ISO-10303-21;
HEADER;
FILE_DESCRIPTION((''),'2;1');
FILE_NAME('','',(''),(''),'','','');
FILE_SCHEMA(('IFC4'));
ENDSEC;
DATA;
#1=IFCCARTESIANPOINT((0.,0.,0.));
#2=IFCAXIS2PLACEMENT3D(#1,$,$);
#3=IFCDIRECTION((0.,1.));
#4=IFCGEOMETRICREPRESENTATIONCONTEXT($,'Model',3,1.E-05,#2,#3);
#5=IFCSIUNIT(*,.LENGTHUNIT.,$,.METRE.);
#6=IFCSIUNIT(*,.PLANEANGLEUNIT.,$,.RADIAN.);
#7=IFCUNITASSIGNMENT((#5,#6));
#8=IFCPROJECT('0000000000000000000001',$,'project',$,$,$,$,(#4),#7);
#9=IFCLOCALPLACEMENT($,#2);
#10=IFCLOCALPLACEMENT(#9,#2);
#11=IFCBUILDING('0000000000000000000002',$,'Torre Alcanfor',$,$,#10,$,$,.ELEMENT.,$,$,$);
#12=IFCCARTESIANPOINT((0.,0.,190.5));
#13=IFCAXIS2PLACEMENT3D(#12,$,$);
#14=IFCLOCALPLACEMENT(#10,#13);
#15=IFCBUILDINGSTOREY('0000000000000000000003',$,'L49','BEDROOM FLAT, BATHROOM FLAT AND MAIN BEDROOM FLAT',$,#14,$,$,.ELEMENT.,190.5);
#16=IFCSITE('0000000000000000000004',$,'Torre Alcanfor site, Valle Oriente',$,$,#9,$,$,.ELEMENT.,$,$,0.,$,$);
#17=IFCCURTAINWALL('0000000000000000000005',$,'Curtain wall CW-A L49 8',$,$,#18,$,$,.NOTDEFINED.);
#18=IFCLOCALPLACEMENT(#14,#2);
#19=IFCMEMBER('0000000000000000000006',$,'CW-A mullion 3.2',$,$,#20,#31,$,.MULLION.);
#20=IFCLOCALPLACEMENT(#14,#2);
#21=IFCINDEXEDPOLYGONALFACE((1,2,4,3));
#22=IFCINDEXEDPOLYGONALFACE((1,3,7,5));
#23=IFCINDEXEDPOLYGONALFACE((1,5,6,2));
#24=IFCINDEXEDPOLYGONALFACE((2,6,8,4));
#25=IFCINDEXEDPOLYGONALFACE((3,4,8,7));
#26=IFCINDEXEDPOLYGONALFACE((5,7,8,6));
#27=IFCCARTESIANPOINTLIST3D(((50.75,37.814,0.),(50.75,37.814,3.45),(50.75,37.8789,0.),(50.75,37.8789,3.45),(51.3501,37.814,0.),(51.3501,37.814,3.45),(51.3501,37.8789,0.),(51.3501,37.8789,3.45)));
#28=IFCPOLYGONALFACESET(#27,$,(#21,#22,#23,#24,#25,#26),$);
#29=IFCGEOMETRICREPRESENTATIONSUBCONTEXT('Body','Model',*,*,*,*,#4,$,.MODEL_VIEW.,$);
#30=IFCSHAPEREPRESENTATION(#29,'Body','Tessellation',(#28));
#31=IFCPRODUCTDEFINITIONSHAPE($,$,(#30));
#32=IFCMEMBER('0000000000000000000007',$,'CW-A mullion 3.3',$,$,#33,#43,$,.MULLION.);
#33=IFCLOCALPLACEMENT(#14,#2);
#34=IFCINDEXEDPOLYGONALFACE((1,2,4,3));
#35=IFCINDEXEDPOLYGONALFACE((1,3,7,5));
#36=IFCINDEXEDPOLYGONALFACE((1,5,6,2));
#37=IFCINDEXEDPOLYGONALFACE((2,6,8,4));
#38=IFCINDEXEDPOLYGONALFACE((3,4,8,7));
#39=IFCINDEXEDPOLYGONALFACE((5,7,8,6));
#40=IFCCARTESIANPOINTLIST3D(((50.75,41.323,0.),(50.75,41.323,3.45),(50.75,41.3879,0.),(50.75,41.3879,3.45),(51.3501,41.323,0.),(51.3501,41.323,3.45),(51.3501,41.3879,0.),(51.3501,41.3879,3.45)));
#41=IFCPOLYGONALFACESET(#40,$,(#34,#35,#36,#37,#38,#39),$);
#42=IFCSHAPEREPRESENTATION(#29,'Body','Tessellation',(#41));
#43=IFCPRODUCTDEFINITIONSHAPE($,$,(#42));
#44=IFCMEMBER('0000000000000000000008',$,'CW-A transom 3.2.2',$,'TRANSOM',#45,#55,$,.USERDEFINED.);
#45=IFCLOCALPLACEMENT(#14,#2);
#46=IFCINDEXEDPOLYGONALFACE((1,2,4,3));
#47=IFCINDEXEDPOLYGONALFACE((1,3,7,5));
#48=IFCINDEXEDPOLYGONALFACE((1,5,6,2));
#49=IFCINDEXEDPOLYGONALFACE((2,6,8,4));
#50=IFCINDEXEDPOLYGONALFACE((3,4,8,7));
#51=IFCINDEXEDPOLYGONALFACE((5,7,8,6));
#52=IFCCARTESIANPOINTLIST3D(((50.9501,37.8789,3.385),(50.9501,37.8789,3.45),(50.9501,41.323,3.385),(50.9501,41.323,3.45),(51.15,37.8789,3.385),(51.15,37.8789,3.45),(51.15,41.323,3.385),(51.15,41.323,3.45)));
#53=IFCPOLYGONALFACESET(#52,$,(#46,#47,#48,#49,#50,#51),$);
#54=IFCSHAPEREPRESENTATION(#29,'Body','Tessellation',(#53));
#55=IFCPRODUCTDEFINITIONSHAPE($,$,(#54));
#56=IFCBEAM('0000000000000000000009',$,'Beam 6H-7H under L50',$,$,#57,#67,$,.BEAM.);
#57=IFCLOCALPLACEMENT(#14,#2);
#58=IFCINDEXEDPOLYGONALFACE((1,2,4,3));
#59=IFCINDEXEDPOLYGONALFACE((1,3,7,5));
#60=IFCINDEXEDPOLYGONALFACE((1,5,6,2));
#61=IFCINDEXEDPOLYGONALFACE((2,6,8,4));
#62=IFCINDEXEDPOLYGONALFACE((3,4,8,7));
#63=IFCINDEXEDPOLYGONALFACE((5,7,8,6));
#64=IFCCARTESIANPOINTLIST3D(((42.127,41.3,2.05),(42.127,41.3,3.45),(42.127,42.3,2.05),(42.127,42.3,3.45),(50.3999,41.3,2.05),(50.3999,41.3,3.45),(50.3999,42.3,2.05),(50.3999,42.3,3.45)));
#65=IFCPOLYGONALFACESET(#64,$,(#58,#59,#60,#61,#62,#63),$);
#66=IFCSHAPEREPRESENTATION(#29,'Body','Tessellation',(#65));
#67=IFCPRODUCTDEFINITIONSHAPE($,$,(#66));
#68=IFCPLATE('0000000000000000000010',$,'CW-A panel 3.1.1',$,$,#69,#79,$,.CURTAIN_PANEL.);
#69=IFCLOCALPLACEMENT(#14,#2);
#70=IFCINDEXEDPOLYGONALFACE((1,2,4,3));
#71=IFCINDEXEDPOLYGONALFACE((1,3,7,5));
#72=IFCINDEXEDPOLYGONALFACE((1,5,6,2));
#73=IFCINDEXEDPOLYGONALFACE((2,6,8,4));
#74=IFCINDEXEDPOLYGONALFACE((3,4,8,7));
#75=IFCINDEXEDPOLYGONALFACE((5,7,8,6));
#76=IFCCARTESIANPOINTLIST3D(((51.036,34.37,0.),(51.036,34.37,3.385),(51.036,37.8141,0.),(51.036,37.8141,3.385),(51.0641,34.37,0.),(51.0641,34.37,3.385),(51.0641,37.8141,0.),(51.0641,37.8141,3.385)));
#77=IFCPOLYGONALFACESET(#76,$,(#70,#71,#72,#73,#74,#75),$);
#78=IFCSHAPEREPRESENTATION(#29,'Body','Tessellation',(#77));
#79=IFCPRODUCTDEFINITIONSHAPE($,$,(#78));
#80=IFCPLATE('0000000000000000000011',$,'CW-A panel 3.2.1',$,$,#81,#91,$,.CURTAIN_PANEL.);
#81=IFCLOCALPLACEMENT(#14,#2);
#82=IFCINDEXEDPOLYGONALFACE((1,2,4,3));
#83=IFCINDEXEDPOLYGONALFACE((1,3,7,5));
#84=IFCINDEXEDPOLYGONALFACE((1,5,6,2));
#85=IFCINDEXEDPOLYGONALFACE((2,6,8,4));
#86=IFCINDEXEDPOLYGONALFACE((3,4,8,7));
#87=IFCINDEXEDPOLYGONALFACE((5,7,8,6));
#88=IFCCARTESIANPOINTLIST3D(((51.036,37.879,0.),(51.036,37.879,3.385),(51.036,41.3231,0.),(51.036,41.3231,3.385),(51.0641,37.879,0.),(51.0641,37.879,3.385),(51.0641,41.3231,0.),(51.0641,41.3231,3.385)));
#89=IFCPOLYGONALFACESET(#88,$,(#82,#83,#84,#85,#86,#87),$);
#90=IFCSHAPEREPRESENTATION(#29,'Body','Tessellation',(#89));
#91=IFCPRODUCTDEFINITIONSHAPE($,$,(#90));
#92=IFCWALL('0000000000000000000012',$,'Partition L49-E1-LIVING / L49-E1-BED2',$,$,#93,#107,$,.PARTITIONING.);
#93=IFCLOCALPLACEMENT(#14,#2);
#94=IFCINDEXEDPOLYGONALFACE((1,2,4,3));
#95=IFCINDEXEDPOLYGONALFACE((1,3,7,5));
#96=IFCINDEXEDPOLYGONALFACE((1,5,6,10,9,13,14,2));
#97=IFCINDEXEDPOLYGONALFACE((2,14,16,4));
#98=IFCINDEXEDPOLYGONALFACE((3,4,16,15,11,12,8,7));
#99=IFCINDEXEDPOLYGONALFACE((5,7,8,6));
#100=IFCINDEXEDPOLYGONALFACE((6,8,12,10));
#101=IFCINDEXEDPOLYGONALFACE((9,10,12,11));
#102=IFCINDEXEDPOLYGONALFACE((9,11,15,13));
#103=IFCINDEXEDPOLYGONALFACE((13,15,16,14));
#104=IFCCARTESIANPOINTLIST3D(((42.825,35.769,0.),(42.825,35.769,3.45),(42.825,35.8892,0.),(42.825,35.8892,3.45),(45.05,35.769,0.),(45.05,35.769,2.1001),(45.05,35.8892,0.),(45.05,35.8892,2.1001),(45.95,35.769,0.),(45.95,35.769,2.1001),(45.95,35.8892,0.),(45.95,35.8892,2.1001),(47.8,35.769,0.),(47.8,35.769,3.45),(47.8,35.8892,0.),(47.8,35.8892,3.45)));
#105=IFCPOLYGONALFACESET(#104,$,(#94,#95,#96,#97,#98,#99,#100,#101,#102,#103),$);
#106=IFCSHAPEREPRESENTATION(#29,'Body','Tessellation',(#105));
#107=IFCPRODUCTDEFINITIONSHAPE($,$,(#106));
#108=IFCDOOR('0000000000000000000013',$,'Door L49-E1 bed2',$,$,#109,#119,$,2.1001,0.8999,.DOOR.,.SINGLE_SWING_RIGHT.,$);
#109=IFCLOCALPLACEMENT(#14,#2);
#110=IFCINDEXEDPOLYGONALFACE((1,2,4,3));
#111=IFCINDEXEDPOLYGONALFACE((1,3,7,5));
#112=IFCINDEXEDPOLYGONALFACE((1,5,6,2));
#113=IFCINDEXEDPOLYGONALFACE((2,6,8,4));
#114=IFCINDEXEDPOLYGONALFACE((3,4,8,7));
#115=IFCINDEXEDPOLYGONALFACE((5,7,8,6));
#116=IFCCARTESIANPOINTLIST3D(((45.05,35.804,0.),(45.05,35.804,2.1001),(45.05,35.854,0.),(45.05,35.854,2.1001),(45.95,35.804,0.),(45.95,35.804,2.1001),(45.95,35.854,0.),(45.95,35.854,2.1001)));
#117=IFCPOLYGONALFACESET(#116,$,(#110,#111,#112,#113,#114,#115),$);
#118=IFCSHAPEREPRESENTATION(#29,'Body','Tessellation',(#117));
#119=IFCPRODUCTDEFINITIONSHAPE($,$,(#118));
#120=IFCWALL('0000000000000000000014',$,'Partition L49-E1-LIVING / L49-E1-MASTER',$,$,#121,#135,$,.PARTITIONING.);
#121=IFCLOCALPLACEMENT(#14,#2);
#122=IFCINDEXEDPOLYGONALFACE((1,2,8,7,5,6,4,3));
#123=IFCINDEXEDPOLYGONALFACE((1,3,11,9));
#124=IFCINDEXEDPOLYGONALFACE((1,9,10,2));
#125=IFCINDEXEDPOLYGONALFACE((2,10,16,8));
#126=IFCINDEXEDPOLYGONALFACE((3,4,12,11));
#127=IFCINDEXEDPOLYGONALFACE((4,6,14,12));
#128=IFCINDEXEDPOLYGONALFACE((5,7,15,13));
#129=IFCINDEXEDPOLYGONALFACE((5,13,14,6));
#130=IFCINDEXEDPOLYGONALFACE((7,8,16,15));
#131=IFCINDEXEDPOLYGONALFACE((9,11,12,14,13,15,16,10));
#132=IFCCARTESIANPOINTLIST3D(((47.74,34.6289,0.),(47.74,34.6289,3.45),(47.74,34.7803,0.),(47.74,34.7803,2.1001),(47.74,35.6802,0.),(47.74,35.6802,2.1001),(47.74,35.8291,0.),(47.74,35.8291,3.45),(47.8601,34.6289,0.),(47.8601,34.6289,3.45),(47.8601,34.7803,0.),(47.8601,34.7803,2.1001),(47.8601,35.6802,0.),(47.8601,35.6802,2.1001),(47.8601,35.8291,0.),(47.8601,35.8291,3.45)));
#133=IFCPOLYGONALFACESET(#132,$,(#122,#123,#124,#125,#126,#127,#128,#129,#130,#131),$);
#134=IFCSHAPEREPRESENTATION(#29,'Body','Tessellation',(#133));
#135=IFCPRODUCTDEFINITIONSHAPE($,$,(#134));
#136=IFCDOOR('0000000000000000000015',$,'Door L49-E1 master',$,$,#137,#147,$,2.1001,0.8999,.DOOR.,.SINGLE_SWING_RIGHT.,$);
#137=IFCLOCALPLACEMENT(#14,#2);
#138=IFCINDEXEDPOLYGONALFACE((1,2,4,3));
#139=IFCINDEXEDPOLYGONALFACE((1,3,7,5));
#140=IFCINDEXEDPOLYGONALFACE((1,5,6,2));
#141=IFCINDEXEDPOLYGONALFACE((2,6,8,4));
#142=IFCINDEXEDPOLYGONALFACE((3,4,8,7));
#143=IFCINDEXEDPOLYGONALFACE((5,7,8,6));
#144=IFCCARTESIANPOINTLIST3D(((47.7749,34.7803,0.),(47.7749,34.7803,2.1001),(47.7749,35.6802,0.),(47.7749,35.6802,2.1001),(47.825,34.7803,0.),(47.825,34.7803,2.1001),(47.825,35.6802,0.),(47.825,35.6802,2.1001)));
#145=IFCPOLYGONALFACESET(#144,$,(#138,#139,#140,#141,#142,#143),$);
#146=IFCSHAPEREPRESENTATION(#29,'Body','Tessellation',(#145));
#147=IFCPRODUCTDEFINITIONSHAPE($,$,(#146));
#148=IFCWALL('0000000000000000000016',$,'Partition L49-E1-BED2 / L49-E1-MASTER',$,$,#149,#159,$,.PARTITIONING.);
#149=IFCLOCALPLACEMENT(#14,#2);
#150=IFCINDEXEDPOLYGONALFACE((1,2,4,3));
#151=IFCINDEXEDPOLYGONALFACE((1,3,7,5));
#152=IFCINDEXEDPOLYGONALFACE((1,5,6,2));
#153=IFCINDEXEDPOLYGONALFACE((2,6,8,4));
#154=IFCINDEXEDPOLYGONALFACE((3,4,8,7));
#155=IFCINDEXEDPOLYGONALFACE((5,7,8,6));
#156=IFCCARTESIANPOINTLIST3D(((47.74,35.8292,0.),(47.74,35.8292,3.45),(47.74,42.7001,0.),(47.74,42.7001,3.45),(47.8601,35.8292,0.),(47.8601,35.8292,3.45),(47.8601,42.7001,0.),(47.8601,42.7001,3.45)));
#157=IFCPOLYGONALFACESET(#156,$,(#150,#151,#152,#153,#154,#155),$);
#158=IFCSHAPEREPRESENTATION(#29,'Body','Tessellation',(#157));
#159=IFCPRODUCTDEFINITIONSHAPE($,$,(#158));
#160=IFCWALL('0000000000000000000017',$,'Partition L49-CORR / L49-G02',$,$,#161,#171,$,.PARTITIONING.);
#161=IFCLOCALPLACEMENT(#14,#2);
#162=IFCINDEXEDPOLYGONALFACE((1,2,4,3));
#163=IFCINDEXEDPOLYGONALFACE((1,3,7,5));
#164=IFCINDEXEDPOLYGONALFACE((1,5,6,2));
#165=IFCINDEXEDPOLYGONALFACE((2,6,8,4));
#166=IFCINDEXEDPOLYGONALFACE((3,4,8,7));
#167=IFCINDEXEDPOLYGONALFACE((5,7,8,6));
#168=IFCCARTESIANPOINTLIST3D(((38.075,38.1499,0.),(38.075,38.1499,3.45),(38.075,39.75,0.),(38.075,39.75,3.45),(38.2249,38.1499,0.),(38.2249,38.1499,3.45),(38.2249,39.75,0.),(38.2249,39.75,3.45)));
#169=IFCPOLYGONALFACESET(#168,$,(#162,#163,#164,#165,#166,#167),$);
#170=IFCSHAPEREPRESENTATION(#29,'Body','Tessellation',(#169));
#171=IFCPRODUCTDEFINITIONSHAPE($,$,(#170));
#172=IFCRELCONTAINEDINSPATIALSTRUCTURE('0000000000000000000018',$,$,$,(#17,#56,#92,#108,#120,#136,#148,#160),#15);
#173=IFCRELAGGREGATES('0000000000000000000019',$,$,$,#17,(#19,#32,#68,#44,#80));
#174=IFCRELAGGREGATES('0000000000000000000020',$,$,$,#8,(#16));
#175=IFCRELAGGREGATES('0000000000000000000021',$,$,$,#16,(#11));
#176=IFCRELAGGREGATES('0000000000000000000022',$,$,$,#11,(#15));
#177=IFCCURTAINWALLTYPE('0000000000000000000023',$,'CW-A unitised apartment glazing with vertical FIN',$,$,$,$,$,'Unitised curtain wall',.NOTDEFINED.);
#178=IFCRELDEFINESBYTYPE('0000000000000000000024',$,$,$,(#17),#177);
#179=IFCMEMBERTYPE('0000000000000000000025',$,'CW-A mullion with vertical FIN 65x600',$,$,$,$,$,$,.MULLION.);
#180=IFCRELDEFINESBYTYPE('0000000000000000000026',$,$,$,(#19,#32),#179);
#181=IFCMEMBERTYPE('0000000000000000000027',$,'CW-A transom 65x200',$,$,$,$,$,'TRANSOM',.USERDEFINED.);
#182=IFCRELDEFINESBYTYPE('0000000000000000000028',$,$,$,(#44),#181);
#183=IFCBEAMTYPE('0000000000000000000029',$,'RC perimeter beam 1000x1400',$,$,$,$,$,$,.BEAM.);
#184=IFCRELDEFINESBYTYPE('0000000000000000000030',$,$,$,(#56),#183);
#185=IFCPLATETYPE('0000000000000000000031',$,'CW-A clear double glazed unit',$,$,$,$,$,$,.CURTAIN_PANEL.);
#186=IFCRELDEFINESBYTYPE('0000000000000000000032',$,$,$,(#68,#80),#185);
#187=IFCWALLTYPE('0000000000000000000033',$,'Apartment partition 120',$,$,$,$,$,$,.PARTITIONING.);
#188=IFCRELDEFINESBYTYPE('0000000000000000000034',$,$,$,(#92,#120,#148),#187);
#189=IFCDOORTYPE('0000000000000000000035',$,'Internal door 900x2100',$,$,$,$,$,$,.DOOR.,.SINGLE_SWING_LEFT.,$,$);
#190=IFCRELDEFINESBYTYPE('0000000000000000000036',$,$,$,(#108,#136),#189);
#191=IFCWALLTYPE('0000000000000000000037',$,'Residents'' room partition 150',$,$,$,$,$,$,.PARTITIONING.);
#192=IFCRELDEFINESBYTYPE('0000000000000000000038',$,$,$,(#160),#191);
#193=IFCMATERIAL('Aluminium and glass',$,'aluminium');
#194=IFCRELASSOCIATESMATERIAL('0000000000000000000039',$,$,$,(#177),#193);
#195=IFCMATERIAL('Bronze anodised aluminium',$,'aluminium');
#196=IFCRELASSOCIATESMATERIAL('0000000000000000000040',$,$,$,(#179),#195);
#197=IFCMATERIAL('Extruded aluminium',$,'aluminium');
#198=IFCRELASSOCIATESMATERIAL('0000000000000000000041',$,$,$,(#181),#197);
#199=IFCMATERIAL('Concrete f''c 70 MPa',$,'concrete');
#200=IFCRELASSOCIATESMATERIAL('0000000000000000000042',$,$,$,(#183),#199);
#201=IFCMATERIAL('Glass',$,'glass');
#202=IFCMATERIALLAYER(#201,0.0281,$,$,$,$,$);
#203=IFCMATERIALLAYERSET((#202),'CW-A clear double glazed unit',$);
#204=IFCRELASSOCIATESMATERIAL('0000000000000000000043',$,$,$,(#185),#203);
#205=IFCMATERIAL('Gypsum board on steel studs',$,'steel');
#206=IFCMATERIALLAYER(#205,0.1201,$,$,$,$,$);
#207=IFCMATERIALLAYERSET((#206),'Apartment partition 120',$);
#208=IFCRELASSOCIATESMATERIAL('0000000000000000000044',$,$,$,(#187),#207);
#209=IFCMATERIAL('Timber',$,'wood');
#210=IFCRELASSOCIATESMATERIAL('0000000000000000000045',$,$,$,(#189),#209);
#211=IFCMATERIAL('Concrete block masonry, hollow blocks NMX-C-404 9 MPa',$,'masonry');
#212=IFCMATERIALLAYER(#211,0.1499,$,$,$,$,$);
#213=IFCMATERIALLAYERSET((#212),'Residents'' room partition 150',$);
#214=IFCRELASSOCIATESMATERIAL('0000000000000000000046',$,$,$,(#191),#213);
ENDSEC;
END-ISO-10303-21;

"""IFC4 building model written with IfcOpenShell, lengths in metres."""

from ifc_helpers import new_model, si_unit, direction, frame, frame_2d, origin, origin_2d, place, context, subcontext, project, spatial, rectangle, extrude, material, layer, layer_set, material_profile, profile_set, type_object, element, fill, aggregate, save


model = new_model("IFC4")

# Units and contexts
model_context = context("Model", 3, precision=1e-05, world=origin(), true_north=direction((0.0, 1.0)))
body_context = subcontext(model_context, "Body", "Model", "MODEL_VIEW")
ifc_project = project(units=[si_unit("LENGTHUNIT", "METRE"), si_unit("PLANEANGLEUNIT", "RADIAN")], contexts=[model_context])

# Site, building, storey
site_placement = place(None, origin())
site = spatial("IfcSite", under=ifc_project, at=site_placement, Name="Torre Alcanfor site, Valle Oriente", CompositionType="ELEMENT", RefElevation=0.0)
building_placement = place(site_placement, origin())
building = spatial("IfcBuilding", under=site, at=building_placement, Name="Torre Alcanfor", CompositionType="ELEMENT")
storey_placement = place(building_placement, frame((0.0, 0.0, 190.5)))
storey = spatial("IfcBuildingStorey", under=building, at=storey_placement, Name="L49", Description="BEDROOM FLAT, BATHROOM FLAT AND MAIN BEDROOM FLAT", CompositionType="ELEMENT", Elevation=190.5)

# Curtain wall, members
ifc_material_1 = material(Name="Aluminium and glass", Category="aluminium")
curtain_wall_type = type_object("IfcCurtainWallType", Name="CW-A unitised apartment glazing with vertical FIN", ElementType="Unitised curtain wall", PredefinedType="NOTDEFINED", material=ifc_material_1)
curtain_wall_placement = place(storey_placement, origin())
curtain_wall = element("IfcCurtainWall", 1, at=curtain_wall_placement, inside=storey, type_object=curtain_wall_type, Name="Curtain wall CW-A L49 8", PredefinedType="NOTDEFINED")
ifc_material_2 = material(Name="Bronze anodised aluminium", Category="aluminium")
ifc_material_profile_1 = material_profile(ifc_material_2, rectangle(XDim=0.6001, YDim=0.0649, at=origin_2d()), Name="CW-A mullion 65x600")
ifc_profile_set_1 = profile_set([ifc_material_profile_1], Name="Bronze anodised aluminium")
member_type_1 = type_object("IfcMemberType", Name="CW-A mullion with vertical FIN 65x600", PredefinedType="MULLION", material=ifc_profile_set_1)
member_1_placement = place(storey_placement, frame((51.05, 37.8464, 0.0), z_axis=(0.0, 0.0, 1.0), x_axis=(-1.0, 0.0, 0.0)))
member_1 = element("IfcMember", 2, at=member_1_placement, type_object=member_type_1, Name="CW-A mullion 3.2", PredefinedType="MULLION", context=body_context, shape_type="SweptSolid", body=[
    extrude(rectangle(XDim=0.6001, YDim=0.0649, at=origin_2d()), origin(), (0.0, 0.0, 1.0), 3.45),
])
member_2_placement = place(storey_placement, frame((51.05, 41.3555, 0.0), z_axis=(0.0, 0.0, 1.0), x_axis=(-1.0, 0.0, 0.0)))
member_2 = element("IfcMember", 3, at=member_2_placement, type_object=member_type_1, Name="CW-A mullion 3.3", PredefinedType="MULLION", context=body_context, shape_type="SweptSolid", body=[
    extrude(rectangle(XDim=0.6001, YDim=0.0649, at=origin_2d()), origin(), (0.0, 0.0, 1.0), 3.45),
])
ifc_material_3 = material(Name="Extruded aluminium", Category="aluminium")
ifc_material_profile_2 = material_profile(ifc_material_3, rectangle(XDim=0.2, YDim=0.0649, at=origin_2d()), Name="CW-A transom 200x65")
ifc_profile_set_2 = profile_set([ifc_material_profile_2], Name="Extruded aluminium")
member_type_2 = type_object("IfcMemberType", Name="CW-A transom 65x200", ElementType="TRANSOM", PredefinedType="USERDEFINED", material=ifc_profile_set_2)
member_3_placement = place(storey_placement, frame((51.05, 37.8789, 3.4175), z_axis=(0.0, 1.0, 0.0), x_axis=(-1.0, 0.0, 0.0)))
member_3 = element("IfcMember", 4, at=member_3_placement, type_object=member_type_2, Name="CW-A transom 3.2.2", ObjectType="TRANSOM", PredefinedType="USERDEFINED", context=body_context, shape_type="SweptSolid", body=[
    extrude(rectangle(XDim=0.2, YDim=0.0649, at=origin_2d()), origin(), (0.0, 0.0, 1.0), 3.4441),
])

# Beam
ifc_material_4 = material(Name="Concrete f'c 70 MPa", Category="concrete")
ifc_material_profile_3 = material_profile(ifc_material_4, rectangle(XDim=1.0, YDim=1.3999, at=origin_2d()), Name="1000x1400")
ifc_profile_set_3 = profile_set([ifc_material_profile_3], Name="Concrete f'c 70 MPa")
beam_type = type_object("IfcBeamType", Name="RC perimeter beam 1000x1400", PredefinedType="BEAM", material=ifc_profile_set_3)
beam_placement = place(storey_placement, frame((42.127, 41.8, 2.75), z_axis=(1.0, 0.0, 0.0), x_axis=(0.0, 1.0, 0.0)))
element("IfcBeam", 5, at=beam_placement, inside=storey, type_object=beam_type, Name="Beam 6H-7H under L50", PredefinedType="BEAM", context=body_context, shape_type="SweptSolid", body=[
    extrude(rectangle(XDim=1.0, YDim=1.3999, at=origin_2d()), origin(), (0.0, 0.0, 1.0), 8.2729),
])

# Plates
ifc_material_5 = material(Name="Glass", Category="glass")
ifc_layer_1 = layer(ifc_material_5, 0.0281)
ifc_layer_set_1 = layer_set([ifc_layer_1], Name="CW-A clear double glazed unit")
plate_type = type_object("IfcPlateType", Name="CW-A clear double glazed unit", PredefinedType="CURTAIN_PANEL", material=ifc_layer_set_1)
plate_1_placement = place(storey_placement, frame((51.05, 36.092, 0.0), z_axis=(0.0, 0.0, 1.0), x_axis=(0.0, 1.0, 0.0)))
plate_1 = element("IfcPlate", 6, at=plate_1_placement, type_object=plate_type, Name="CW-A panel 3.1.1", PredefinedType="CURTAIN_PANEL", context=body_context, shape_type="SweptSolid", body=[
    extrude(rectangle(XDim=3.4441, YDim=0.0281, at=origin_2d()), origin(), (0.0, 0.0, 1.0), 3.385),
])
plate_2_placement = place(storey_placement, frame((51.05, 39.6011, 0.0), z_axis=(0.0, 0.0, 1.0), x_axis=(0.0, 1.0, 0.0)))
plate_2 = element("IfcPlate", 7, at=plate_2_placement, type_object=plate_type, Name="CW-A panel 3.2.1", PredefinedType="CURTAIN_PANEL", context=body_context, shape_type="SweptSolid", body=[
    extrude(rectangle(XDim=3.4441, YDim=0.0281, at=origin_2d()), origin(), (0.0, 0.0, 1.0), 3.385),
])
aggregate(curtain_wall, [member_1, member_2, plate_1, member_3, plate_2])

# Walls, openings, doors
ifc_material_6 = material(Name="Gypsum board on steel studs", Category="steel")
ifc_layer_2 = layer(ifc_material_6, 0.1201)
ifc_layer_set_2 = layer_set([ifc_layer_2], Name="Apartment partition 120")
wall_type_1 = type_object("IfcWallType", Name="Apartment partition 120", PredefinedType="PARTITIONING", material=ifc_layer_set_2)
wall_1_placement = place(storey_placement, frame((42.825, 35.8291, 0.0), z_axis=(0.0, 0.0, 1.0), x_axis=(1.0, 0.0, 0.0)))
wall_1 = element("IfcWall", 8, at=wall_1_placement, inside=storey, type_object=wall_type_1, Name="Partition L49-E1-LIVING / L49-E1-BED2", PredefinedType="PARTITIONING", context=body_context, shape_type="SweptSolid", body=[
    extrude(rectangle(XDim=4.9751, YDim=0.1201, at=frame_2d((2.4875, 0.0))), origin(), (0.0, 0.0, 1.0), 3.45),
])
opening_1_placement = place(wall_1_placement, frame((2.2251, 0.0, 0.0)))
opening_1 = element("IfcOpeningElement", 9, at=opening_1_placement, cuts=wall_1, PredefinedType="OPENING", context=body_context, shape_type="SweptSolid", body=[
    extrude(rectangle(XDim=0.8999, YDim=2.1001, at=frame_2d((0.45, 1.05))), frame((0.0, 0.0701, 0.0), z_axis=(0.0, -1.0, 0.0), x_axis=(1.0, 0.0, 0.0)), (0.0, 0.0, 1.0), 0.1401),
])
ifc_material_7 = material(Name="Timber", Category="wood")
door_type_1 = type_object("IfcDoorType", Name="Internal door 900x2100", OperationType="SINGLE_SWING_LEFT", PredefinedType="DOOR", material=ifc_material_7)
door_1_placement = place(opening_1_placement, origin())
door_1 = element("IfcDoor", 10, at=door_1_placement, inside=storey, type_object=door_type_1, Name="Door L49-E1 bed2", OperationType="SINGLE_SWING_RIGHT", OverallHeight=2.1001, OverallWidth=0.8999, PredefinedType="DOOR", context=body_context, shape_type="SweptSolid", body=[
    extrude(rectangle(XDim=0.8999, YDim=2.1001, at=frame_2d((0.45, 1.05))), frame((0.0, 0.0249, 0.0), z_axis=(0.0, -1.0, 0.0), x_axis=(1.0, 0.0, 0.0)), (0.0, 0.0, 1.0), 0.05),
])
fill(opening_1, door_1)
wall_2_placement = place(storey_placement, frame((47.8, 35.8291, 0.0), z_axis=(0.0, 0.0, 1.0), x_axis=(0.0, -1.0, 0.0)))
wall_2 = element("IfcWall", 11, at=wall_2_placement, inside=storey, type_object=wall_type_1, Name="Partition L49-E1-LIVING / L49-E1-MASTER", PredefinedType="PARTITIONING", context=body_context, shape_type="SweptSolid", body=[
    extrude(rectangle(XDim=1.2002, YDim=0.1201, at=frame_2d((0.6001, 0.0))), origin(), (0.0, 0.0, 1.0), 3.45),
])
opening_2_placement = place(wall_2_placement, frame((0.1489, 0.0, 0.0)))
opening_2 = element("IfcOpeningElement", 12, at=opening_2_placement, cuts=wall_2, PredefinedType="OPENING", context=body_context, shape_type="SweptSolid", body=[
    extrude(rectangle(XDim=0.8999, YDim=2.1001, at=frame_2d((0.45, 1.05))), frame((0.0, 0.0701, 0.0), z_axis=(0.0, -1.0, 0.0), x_axis=(1.0, 0.0, 0.0)), (0.0, 0.0, 1.0), 0.1401),
])
door_2_placement = place(opening_2_placement, origin())
door_2 = element("IfcDoor", 13, at=door_2_placement, inside=storey, type_object=door_type_1, Name="Door L49-E1 master", OperationType="SINGLE_SWING_RIGHT", OverallHeight=2.1001, OverallWidth=0.8999, PredefinedType="DOOR", context=body_context, shape_type="SweptSolid", body=[
    extrude(rectangle(XDim=0.8999, YDim=2.1001, at=frame_2d((0.45, 1.05))), frame((0.0, 0.0249, 0.0), z_axis=(0.0, -1.0, 0.0), x_axis=(1.0, 0.0, 0.0)), (0.0, 0.0, 1.0), 0.05),
])
fill(opening_2, door_2)

# Walls
wall_3_placement = place(storey_placement, frame((47.8, 35.8291, 0.0), z_axis=(0.0, 0.0, 1.0), x_axis=(0.0, 1.0, 0.0)))
element("IfcWall", 14, at=wall_3_placement, inside=storey, type_object=wall_type_1, Name="Partition L49-E1-BED2 / L49-E1-MASTER", PredefinedType="PARTITIONING", context=body_context, shape_type="SweptSolid", body=[
    extrude(rectangle(XDim=6.8708, YDim=0.1201, at=frame_2d((3.4355, 0.0))), origin(), (0.0, 0.0, 1.0), 3.45),
])
ifc_material_8 = material(Name="Concrete block masonry, hollow blocks NMX-C-404 9 MPa", Category="masonry")
ifc_layer_3 = layer(ifc_material_8, 0.1499)
ifc_layer_set_3 = layer_set([ifc_layer_3], Name="Residents' room partition 150")
wall_type_2 = type_object("IfcWallType", Name="Residents' room partition 150", PredefinedType="PARTITIONING", material=ifc_layer_set_3)
wall_4_placement = place(storey_placement, frame((38.1499, 38.1499, 0.0), z_axis=(0.0, 0.0, 1.0), x_axis=(0.0, 1.0, 0.0)))
element("IfcWall", 15, at=wall_4_placement, inside=storey, type_object=wall_type_2, Name="Partition L49-CORR / L49-G02", PredefinedType="PARTITIONING", context=body_context, shape_type="SweptSolid", body=[
    extrude(rectangle(XDim=1.6001, YDim=0.1499, at=frame_2d((0.8, 0.0))), origin(), (0.0, 0.0, 1.0), 3.45),
])

save(model, "model.ifc")
